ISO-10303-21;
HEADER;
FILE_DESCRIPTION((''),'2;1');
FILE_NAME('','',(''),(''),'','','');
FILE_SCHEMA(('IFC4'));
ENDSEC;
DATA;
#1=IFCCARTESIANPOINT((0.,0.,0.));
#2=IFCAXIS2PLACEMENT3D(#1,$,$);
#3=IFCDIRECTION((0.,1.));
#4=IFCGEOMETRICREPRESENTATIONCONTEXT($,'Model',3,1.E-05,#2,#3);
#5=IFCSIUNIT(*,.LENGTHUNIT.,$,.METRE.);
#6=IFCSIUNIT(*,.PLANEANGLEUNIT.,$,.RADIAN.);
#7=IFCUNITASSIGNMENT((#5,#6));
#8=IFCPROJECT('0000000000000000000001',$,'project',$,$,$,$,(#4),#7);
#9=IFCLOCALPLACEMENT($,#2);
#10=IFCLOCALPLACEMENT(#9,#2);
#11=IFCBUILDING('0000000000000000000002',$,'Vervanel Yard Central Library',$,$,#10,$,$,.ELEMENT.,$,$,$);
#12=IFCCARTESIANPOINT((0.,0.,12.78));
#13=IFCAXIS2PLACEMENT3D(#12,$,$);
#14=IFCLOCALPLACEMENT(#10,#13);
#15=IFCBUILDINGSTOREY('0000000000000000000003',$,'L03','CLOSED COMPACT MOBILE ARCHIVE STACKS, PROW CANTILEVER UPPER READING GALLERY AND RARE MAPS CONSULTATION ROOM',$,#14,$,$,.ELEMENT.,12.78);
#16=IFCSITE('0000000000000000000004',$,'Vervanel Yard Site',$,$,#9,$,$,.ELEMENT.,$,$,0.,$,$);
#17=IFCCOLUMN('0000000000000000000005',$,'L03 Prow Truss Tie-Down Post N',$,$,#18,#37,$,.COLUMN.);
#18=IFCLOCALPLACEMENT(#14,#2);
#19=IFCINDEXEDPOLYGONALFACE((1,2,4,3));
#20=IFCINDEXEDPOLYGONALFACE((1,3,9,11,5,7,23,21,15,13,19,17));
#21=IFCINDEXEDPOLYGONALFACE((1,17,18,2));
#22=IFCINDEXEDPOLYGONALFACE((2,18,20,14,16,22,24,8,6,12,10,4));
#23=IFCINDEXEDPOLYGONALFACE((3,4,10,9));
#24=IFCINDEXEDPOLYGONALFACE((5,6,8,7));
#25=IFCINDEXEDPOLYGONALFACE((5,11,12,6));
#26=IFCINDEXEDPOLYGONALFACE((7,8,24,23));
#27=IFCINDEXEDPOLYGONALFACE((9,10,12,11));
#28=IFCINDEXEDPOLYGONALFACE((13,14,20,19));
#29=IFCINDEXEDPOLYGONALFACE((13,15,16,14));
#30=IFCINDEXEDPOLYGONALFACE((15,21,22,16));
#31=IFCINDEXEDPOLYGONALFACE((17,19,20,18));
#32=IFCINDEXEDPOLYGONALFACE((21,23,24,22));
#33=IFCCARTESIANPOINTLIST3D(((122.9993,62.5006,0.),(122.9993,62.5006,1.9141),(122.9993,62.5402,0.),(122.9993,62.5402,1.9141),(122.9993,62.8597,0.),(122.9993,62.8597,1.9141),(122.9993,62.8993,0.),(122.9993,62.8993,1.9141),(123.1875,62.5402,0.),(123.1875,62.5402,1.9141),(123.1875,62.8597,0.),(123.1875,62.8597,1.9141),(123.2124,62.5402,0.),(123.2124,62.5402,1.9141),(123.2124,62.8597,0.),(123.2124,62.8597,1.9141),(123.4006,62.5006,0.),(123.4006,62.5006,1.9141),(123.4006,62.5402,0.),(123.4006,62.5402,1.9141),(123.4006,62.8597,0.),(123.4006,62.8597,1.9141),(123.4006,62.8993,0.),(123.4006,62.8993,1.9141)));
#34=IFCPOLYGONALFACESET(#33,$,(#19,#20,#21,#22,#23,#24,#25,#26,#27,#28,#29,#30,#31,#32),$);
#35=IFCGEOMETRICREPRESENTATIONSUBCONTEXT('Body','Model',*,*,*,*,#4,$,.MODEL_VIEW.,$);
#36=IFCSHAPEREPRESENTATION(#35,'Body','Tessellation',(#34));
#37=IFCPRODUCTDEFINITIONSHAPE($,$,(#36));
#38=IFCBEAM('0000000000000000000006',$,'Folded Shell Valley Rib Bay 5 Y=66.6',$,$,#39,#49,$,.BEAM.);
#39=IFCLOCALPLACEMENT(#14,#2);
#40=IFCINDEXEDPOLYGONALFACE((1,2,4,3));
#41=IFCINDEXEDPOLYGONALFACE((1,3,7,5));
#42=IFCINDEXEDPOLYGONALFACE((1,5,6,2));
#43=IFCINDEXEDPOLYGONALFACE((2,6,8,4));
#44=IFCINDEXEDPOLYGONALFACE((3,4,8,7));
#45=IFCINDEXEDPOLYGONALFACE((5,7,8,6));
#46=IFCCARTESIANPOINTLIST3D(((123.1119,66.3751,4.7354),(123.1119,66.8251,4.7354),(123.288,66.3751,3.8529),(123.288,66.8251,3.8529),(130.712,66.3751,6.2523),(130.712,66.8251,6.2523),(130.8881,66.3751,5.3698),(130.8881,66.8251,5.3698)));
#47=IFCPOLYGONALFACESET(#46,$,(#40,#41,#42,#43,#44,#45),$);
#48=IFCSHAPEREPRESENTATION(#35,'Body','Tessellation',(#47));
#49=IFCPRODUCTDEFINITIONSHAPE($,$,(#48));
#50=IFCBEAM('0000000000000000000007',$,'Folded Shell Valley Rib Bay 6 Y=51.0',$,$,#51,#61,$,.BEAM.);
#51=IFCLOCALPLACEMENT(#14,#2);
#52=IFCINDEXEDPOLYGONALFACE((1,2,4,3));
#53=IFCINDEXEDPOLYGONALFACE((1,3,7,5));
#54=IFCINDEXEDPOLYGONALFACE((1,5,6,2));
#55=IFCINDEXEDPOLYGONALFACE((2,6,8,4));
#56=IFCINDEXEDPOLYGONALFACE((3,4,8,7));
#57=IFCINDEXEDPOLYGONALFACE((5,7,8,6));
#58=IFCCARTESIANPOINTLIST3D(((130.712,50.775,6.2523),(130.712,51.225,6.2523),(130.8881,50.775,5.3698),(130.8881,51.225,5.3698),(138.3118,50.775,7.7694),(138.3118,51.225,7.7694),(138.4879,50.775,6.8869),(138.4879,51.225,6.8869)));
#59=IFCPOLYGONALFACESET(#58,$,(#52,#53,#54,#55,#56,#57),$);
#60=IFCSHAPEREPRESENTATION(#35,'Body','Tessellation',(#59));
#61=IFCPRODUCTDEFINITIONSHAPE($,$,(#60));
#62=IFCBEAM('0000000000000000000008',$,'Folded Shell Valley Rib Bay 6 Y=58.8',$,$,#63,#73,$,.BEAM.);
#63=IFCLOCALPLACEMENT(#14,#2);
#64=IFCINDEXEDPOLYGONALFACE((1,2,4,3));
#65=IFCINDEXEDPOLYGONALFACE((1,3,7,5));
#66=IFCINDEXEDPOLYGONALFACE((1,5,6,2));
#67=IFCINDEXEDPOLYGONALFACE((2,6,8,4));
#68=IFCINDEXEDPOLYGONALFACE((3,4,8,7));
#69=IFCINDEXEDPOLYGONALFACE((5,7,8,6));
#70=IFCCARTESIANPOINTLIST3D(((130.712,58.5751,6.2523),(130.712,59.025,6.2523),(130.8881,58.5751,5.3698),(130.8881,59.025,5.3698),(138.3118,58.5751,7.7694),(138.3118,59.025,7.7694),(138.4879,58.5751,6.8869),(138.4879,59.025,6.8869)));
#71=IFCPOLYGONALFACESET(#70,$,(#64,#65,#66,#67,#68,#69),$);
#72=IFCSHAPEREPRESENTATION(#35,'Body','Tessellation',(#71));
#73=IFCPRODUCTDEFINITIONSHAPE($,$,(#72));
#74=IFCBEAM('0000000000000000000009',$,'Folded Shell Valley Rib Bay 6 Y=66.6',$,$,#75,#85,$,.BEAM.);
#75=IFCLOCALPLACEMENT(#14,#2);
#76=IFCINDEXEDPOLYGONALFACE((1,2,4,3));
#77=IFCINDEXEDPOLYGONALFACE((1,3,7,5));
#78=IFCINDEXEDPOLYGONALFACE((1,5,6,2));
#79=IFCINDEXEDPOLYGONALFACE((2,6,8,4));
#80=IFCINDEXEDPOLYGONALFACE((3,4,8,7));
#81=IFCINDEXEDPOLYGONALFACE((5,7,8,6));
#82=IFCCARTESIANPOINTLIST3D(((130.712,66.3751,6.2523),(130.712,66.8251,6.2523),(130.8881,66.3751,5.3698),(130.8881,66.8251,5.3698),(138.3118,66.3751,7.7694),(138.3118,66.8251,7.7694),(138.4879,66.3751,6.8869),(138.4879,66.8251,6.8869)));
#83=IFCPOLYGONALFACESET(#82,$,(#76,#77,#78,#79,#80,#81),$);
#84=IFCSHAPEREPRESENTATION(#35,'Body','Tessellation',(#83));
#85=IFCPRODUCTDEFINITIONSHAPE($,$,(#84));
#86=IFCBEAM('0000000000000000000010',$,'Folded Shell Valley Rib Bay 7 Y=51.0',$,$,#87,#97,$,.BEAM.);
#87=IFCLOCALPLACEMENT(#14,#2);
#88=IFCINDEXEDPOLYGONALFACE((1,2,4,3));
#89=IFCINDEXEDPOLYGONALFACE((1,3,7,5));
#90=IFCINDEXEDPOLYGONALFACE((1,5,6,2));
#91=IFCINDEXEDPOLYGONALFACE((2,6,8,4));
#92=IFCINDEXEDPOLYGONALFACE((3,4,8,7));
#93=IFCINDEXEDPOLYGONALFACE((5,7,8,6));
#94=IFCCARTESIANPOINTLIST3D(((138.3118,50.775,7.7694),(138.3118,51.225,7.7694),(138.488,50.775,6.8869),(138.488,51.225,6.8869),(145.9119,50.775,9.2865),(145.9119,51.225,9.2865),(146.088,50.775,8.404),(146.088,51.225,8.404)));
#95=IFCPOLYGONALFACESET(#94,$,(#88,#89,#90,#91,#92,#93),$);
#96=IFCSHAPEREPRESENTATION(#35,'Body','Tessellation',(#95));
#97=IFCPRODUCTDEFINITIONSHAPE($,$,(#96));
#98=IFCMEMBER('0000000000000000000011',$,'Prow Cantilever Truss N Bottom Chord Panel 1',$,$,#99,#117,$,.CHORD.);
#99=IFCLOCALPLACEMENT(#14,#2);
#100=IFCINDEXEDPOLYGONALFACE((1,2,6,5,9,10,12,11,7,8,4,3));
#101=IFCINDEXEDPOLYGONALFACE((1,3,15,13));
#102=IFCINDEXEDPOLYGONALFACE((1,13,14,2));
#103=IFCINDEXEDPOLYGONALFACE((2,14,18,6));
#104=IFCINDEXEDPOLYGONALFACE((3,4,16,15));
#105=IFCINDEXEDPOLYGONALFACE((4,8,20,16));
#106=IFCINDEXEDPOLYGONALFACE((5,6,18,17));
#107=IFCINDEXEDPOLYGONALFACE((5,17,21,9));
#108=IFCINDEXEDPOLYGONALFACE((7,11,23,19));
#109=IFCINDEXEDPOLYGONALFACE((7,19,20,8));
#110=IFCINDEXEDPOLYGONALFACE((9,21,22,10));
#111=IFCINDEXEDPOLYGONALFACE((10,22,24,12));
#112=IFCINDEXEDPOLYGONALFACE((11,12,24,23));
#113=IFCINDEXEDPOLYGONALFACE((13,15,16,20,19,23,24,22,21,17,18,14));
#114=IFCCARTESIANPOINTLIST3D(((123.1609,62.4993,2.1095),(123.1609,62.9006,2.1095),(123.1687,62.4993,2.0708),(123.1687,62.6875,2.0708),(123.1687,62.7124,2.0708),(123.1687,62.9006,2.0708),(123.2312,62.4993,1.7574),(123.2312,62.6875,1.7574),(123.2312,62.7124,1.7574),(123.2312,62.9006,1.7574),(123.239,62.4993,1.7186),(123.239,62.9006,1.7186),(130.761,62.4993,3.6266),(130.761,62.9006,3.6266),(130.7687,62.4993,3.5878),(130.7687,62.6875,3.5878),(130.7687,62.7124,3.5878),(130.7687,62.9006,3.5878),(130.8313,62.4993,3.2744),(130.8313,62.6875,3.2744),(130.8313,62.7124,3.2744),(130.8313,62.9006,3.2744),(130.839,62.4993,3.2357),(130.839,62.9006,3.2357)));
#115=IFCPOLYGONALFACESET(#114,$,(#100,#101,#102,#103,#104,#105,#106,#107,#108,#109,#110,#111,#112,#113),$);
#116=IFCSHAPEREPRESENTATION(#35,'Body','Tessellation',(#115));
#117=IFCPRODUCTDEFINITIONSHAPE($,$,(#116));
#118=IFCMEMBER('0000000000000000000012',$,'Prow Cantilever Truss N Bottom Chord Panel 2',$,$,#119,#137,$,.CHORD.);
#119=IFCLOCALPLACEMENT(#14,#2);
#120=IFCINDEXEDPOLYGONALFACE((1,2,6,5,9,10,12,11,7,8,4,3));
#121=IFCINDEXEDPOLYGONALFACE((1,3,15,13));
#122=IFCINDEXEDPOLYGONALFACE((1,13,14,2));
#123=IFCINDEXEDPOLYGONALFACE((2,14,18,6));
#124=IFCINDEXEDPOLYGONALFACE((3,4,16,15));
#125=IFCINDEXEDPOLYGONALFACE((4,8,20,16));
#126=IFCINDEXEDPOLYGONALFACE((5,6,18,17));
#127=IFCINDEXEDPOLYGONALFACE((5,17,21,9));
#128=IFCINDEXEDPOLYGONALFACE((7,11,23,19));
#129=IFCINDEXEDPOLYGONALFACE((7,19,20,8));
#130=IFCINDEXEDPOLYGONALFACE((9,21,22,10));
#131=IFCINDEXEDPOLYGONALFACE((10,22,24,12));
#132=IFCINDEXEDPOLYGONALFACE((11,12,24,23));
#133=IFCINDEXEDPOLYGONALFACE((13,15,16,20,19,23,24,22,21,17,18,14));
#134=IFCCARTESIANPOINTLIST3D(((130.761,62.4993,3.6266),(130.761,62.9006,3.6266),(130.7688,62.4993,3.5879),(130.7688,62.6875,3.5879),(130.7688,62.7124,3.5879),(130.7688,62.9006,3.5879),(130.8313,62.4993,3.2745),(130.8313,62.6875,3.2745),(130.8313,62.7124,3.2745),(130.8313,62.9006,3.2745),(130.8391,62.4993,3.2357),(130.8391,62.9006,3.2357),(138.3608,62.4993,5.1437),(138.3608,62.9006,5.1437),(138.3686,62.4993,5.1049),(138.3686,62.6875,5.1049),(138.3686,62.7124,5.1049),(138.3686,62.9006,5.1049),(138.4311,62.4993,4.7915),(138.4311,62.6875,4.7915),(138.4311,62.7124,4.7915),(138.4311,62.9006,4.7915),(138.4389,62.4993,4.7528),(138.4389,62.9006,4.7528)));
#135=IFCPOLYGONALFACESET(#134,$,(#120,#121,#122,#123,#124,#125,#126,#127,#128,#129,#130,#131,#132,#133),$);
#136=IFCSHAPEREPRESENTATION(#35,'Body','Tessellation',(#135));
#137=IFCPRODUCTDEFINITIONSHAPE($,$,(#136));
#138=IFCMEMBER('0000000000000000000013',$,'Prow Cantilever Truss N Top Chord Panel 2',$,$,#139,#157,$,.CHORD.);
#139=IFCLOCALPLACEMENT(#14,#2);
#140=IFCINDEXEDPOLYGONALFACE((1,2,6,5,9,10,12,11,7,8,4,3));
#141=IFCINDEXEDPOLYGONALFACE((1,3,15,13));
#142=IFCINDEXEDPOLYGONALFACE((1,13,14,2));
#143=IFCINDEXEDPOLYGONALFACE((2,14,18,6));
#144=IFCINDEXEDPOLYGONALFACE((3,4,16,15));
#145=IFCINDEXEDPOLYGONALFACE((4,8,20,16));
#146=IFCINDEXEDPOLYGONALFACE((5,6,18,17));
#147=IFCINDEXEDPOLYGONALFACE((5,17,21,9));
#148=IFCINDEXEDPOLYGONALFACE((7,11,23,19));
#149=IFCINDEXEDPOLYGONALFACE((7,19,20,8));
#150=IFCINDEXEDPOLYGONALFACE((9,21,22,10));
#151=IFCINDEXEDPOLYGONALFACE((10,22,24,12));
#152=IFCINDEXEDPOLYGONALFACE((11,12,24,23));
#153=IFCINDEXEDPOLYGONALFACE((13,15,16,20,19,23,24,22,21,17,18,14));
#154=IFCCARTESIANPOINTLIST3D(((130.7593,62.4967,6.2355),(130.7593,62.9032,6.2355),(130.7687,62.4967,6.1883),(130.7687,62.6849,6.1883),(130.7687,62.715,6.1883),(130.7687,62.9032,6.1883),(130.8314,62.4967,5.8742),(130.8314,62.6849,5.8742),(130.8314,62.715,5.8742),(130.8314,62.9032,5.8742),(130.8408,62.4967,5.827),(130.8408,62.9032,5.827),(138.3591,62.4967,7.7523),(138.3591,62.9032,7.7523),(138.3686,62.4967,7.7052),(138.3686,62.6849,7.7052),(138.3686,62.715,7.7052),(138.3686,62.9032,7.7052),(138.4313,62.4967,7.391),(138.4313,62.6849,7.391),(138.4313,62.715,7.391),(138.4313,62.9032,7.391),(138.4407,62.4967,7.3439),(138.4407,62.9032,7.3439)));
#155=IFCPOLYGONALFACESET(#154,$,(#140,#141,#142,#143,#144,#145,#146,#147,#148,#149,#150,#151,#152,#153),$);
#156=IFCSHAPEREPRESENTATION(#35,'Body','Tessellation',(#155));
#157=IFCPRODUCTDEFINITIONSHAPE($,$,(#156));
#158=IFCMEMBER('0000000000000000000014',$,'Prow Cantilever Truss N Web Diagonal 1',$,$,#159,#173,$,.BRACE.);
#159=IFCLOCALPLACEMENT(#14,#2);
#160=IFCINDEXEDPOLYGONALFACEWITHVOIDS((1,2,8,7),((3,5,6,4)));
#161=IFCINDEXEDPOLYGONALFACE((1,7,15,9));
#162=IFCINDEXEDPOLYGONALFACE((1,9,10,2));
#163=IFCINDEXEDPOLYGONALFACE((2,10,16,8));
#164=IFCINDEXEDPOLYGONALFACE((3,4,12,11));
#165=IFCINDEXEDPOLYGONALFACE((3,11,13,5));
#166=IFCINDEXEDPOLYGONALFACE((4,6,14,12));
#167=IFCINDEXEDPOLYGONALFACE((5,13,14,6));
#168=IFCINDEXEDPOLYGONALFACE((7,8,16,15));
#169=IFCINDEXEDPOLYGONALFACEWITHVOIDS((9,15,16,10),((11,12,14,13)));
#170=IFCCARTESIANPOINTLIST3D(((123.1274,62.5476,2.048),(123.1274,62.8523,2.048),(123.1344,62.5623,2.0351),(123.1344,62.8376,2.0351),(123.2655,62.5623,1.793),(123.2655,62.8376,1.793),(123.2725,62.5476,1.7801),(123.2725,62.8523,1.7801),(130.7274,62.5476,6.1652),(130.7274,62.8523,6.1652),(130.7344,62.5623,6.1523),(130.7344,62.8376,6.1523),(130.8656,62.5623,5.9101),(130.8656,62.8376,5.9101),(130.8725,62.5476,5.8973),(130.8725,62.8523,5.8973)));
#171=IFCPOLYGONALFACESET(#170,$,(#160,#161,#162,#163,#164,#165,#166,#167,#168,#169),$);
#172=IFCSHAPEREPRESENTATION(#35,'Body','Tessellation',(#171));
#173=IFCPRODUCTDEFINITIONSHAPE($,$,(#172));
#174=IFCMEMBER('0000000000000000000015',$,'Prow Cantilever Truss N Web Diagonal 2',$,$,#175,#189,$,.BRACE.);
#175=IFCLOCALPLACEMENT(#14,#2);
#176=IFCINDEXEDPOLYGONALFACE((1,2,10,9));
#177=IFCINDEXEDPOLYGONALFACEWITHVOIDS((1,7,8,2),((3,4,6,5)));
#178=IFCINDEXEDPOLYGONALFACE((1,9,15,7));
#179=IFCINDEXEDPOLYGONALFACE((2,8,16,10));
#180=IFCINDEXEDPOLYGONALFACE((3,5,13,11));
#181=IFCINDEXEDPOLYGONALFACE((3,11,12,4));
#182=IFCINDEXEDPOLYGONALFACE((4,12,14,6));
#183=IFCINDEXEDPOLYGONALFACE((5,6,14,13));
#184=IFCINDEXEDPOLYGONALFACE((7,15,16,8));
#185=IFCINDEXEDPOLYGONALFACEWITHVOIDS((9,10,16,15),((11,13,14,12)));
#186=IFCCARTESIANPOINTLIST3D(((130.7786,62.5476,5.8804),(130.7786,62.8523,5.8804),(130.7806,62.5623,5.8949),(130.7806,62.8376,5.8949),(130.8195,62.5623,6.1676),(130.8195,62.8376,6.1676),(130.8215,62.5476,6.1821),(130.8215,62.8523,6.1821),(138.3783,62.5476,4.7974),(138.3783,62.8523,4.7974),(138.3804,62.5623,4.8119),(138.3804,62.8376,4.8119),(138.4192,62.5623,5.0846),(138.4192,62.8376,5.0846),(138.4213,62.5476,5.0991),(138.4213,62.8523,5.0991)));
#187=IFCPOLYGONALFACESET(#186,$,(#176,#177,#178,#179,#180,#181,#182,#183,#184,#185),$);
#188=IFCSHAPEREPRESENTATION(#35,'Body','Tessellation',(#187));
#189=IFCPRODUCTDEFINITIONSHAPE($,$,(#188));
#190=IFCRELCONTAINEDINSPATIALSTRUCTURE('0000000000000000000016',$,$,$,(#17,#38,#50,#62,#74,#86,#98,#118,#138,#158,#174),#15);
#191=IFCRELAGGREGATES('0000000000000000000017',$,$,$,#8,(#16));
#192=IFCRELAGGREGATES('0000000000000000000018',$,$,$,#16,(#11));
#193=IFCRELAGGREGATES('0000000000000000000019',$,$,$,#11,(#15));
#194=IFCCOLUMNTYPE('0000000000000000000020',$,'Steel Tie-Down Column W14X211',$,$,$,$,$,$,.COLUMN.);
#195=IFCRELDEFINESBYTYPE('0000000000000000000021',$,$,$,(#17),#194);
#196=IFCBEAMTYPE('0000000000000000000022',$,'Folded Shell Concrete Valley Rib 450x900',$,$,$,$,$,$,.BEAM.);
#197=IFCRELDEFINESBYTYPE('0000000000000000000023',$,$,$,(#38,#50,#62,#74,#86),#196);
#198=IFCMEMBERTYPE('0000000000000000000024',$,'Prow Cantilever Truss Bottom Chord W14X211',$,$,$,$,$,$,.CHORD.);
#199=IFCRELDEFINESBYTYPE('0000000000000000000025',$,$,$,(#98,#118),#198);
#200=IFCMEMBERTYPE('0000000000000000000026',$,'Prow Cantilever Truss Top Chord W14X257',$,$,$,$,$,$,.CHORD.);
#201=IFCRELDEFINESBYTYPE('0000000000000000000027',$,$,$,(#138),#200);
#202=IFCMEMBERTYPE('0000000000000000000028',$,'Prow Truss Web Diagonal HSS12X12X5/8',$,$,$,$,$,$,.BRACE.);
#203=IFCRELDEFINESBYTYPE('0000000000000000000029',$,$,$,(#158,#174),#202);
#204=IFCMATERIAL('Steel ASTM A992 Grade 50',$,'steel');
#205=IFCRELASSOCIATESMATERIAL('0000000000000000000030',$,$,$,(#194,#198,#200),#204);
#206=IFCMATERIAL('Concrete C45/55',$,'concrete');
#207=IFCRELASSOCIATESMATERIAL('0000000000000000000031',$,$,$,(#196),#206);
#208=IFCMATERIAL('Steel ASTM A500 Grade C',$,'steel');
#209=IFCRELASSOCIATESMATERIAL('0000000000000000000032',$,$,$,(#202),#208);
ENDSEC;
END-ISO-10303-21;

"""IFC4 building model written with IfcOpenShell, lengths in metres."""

from ifc_helpers import new_model, si_unit, direction, frame, origin, origin_2d, place, context, subcontext, project, spatial, rectangle, hollow_rectangle, i_section, extrude, material, material_profile, profile_set, type_object, element, save


model = new_model("IFC4")

# Units and contexts
model_context = context("Model", 3, precision=1e-05, world=origin(), true_north=direction((0.0, 1.0)))
body_context = subcontext(model_context, "Body", "Model", "MODEL_VIEW")
ifc_project = project(units=[si_unit("LENGTHUNIT", "METRE"), si_unit("PLANEANGLEUNIT", "RADIAN")], contexts=[model_context])

# Site, building, storey
site_placement = place(None, origin())
site = spatial("IfcSite", under=ifc_project, at=site_placement, Name="Vervanel Yard Site", CompositionType="ELEMENT", RefElevation=0.0)
building_placement = place(site_placement, origin())
building = spatial("IfcBuilding", under=site, at=building_placement, Name="Vervanel Yard Central Library", CompositionType="ELEMENT")
storey_placement = place(building_placement, frame((0.0, 0.0, 12.78)))
storey = spatial("IfcBuildingStorey", under=building, at=storey_placement, Name="L03", Description="CLOSED COMPACT MOBILE ARCHIVE STACKS, PROW CANTILEVER UPPER READING GALLERY AND RARE MAPS CONSULTATION ROOM", CompositionType="ELEMENT", Elevation=12.78)

# Column
ifc_material_1 = material(Name="Steel ASTM A992 Grade 50", Category="steel")
ifc_material_profile_1 = material_profile(ifc_material_1, i_section(OverallWidth=0.4014, OverallDepth=0.3987, WebThickness=0.0249, FlangeThickness=0.0396, at=origin_2d()), Name="W14X211", Category="steel")
ifc_profile_set_1 = profile_set([ifc_material_profile_1], Name="Steel ASTM A992 Grade 50")
column_type = type_object("IfcColumnType", Name="Steel Tie-Down Column W14X211", PredefinedType="COLUMN", material=ifc_profile_set_1)
column_placement = place(storey_placement, frame((123.2, 62.7, 0.0), z_axis=(0.0, 0.0, 1.0), x_axis=(1.0, 0.0, 0.0)))
element("IfcColumn", 1, at=column_placement, inside=storey, type_object=column_type, Name="L03 Prow Truss Tie-Down Post N", PredefinedType="COLUMN", context=body_context, shape_type="SweptSolid", body=[
    extrude(i_section(OverallWidth=0.4014, OverallDepth=0.3987, WebThickness=0.0249, FlangeThickness=0.0396, at=origin_2d()), origin(), (0.0, 0.0, 1.0), 1.9141),
])

# Beams
ifc_material_2 = material(Name="Concrete C45/55", Category="concrete")
ifc_material_profile_2 = material_profile(ifc_material_2, rectangle(XDim=0.45, YDim=0.8999, at=origin_2d()), Name="RC 450x900", Category="concrete")
ifc_profile_set_2 = profile_set([ifc_material_profile_2], Name="Concrete C45/55")
beam_type = type_object("IfcBeamType", Name="Folded Shell Concrete Valley Rib 450x900", PredefinedType="BEAM", material=ifc_profile_set_2)
beam_1_placement = place(storey_placement, frame((123.2, 66.6001, 4.2942), z_axis=(0.980659, 0.0, 0.195722), x_axis=(0.0, 1.0, 0.0)))
element("IfcBeam", 2, at=beam_1_placement, inside=storey, type_object=beam_type, Name="Folded Shell Valley Rib Bay 5 Y=66.6", PredefinedType="BEAM", context=body_context, shape_type="SweptSolid", body=[
    extrude(rectangle(XDim=0.45, YDim=0.8999, at=origin_2d()), origin(), (0.0, 0.0, 1.0), 7.75),
])
for number, where, z_axis, x_axis, name in (
    (3, (130.8, 51.0, 5.811), (0.980652, 0.0, 0.195759), (0.0, 1.0, 0.0), "Folded Shell Valley Rib Bay 6 Y=51.0"),
    (4, (130.8, 58.8, 5.811), (0.980652, 0.0, 0.195759), (0.0, 1.0, 0.0), "Folded Shell Valley Rib Bay 6 Y=58.8"),
    (5, (130.8, 66.6001, 5.811), (0.980652, 0.0, 0.195759), (0.0, 1.0, 0.0), "Folded Shell Valley Rib Bay 6 Y=66.6"),
):
    element("IfcBeam", number, at=place(storey_placement, frame(where, z_axis=z_axis, x_axis=x_axis)), inside=storey, type_object=beam_type, Name=name, PredefinedType="BEAM", context=body_context, shape_type="SweptSolid", body=[
        extrude(rectangle(XDim=0.45, YDim=0.8999, at=origin_2d()), origin(), (0.0, 0.0, 1.0), 7.7498),
    ])
beam_2_placement = place(storey_placement, frame((138.3999, 51.0, 7.3281), z_axis=(0.980653, 0.0, 0.195753), x_axis=(0.0, 1.0, 0.0)))
element("IfcBeam", 6, at=beam_2_placement, inside=storey, type_object=beam_type, Name="Folded Shell Valley Rib Bay 7 Y=51.0", PredefinedType="BEAM", context=body_context, shape_type="SweptSolid", body=[
    extrude(rectangle(XDim=0.45, YDim=0.8999, at=origin_2d()), origin(), (0.0, 0.0, 1.0), 7.75),
])

# Members
ifc_material_profile_3 = material_profile(ifc_material_1, i_section(OverallWidth=0.4014, OverallDepth=0.3987, WebThickness=0.0249, FlangeThickness=0.0396, at=origin_2d()), Name="W14X211", Category="steel")
ifc_profile_set_3 = profile_set([ifc_material_profile_3], Name="Steel ASTM A992 Grade 50")
member_type_1 = type_object("IfcMemberType", Name="Prow Cantilever Truss Bottom Chord W14X211", PredefinedType="CHORD", material=ifc_profile_set_3)
member_1_placement = place(storey_placement, frame((123.2, 62.7, 1.9141), z_axis=(0.980653, 0.0, 0.195753), x_axis=(0.0, 1.0, 0.0)))
element("IfcMember", 7, at=member_1_placement, inside=storey, type_object=member_type_1, Name="Prow Cantilever Truss N Bottom Chord Panel 1", PredefinedType="CHORD", context=body_context, shape_type="SweptSolid", body=[
    extrude(i_section(OverallWidth=0.4014, OverallDepth=0.3987, WebThickness=0.0249, FlangeThickness=0.0396, at=origin_2d()), origin(), (0.0, 0.0, 1.0), 7.75),
])
member_2_placement = place(storey_placement, frame((130.8, 62.7, 3.4312), z_axis=(0.980652, 0.0, 0.195759), x_axis=(0.0, 1.0, 0.0)))
element("IfcMember", 8, at=member_2_placement, inside=storey, type_object=member_type_1, Name="Prow Cantilever Truss N Bottom Chord Panel 2", PredefinedType="CHORD", context=body_context, shape_type="SweptSolid", body=[
    extrude(i_section(OverallWidth=0.4014, OverallDepth=0.3987, WebThickness=0.0249, FlangeThickness=0.0396, at=origin_2d()), origin(), (0.0, 0.0, 1.0), 7.7498),
])
ifc_material_profile_4 = material_profile(ifc_material_1, i_section(OverallWidth=0.4065, OverallDepth=0.4165, WebThickness=0.03, FlangeThickness=0.0481, at=origin_2d()), Name="W14X257", Category="steel")
ifc_profile_set_4 = profile_set([ifc_material_profile_4], Name="Steel ASTM A992 Grade 50")
member_type_2 = type_object("IfcMemberType", Name="Prow Cantilever Truss Top Chord W14X257", PredefinedType="CHORD", material=ifc_profile_set_4)
member_3_placement = place(storey_placement, frame((130.8, 62.7, 6.0312), z_axis=(0.980658, 0.0, 0.195728), x_axis=(0.0, 1.0, 0.0)))
element("IfcMember", 9, at=member_3_placement, inside=storey, type_object=member_type_2, Name="Prow Cantilever Truss N Top Chord Panel 2", PredefinedType="CHORD", context=body_context, shape_type="SweptSolid", body=[
    extrude(i_section(OverallWidth=0.4065, OverallDepth=0.4165, WebThickness=0.03, FlangeThickness=0.0481, at=origin_2d()), origin(), (0.0, 0.0, 1.0), 7.7498),
])
ifc_material_3 = material(Name="Steel ASTM A500 Grade C", Category="steel")
ifc_material_profile_5 = material_profile(ifc_material_3, hollow_rectangle(XDim=0.3047, YDim=0.3047, WallThickness=0.0146, at=origin_2d()), Name="HSS12X12X5/8", Category="steel")
ifc_profile_set_5 = profile_set([ifc_material_profile_5], Name="Steel ASTM A500 Grade C")
member_type_3 = type_object("IfcMemberType", Name="Prow Truss Web Diagonal HSS12X12X5/8", PredefinedType="BRACE", material=ifc_profile_set_5)
member_4_placement = place(storey_placement, frame((123.2, 62.7, 1.9141), z_axis=(0.879269, 0.0, 0.476325), x_axis=(0.0, 1.0, 0.0)))
element("IfcMember", 10, at=member_4_placement, inside=storey, type_object=member_type_3, Name="Prow Cantilever Truss N Web Diagonal 1", PredefinedType="BRACE", context=body_context, shape_type="SweptSolid", body=[
    extrude(hollow_rectangle(XDim=0.3047, YDim=0.3047, WallThickness=0.0146, at=origin_2d()), origin(), (0.0, 0.0, 1.0), 8.6436),
])
member_5_placement = place(storey_placement, frame((130.8, 62.7, 6.0312), z_axis=(0.989998, 0.0, -0.141079), x_axis=(0.0, 1.0, 0.0)))
element("IfcMember", 11, at=member_5_placement, inside=storey, type_object=member_type_3, Name="Prow Cantilever Truss N Web Diagonal 2", PredefinedType="BRACE", context=body_context, shape_type="SweptSolid", body=[
    extrude(hollow_rectangle(XDim=0.3047, YDim=0.3047, WallThickness=0.0146, at=origin_2d()), origin(), (0.0, 0.0, 1.0), 7.6765),
])

save(model, "model.ifc")
